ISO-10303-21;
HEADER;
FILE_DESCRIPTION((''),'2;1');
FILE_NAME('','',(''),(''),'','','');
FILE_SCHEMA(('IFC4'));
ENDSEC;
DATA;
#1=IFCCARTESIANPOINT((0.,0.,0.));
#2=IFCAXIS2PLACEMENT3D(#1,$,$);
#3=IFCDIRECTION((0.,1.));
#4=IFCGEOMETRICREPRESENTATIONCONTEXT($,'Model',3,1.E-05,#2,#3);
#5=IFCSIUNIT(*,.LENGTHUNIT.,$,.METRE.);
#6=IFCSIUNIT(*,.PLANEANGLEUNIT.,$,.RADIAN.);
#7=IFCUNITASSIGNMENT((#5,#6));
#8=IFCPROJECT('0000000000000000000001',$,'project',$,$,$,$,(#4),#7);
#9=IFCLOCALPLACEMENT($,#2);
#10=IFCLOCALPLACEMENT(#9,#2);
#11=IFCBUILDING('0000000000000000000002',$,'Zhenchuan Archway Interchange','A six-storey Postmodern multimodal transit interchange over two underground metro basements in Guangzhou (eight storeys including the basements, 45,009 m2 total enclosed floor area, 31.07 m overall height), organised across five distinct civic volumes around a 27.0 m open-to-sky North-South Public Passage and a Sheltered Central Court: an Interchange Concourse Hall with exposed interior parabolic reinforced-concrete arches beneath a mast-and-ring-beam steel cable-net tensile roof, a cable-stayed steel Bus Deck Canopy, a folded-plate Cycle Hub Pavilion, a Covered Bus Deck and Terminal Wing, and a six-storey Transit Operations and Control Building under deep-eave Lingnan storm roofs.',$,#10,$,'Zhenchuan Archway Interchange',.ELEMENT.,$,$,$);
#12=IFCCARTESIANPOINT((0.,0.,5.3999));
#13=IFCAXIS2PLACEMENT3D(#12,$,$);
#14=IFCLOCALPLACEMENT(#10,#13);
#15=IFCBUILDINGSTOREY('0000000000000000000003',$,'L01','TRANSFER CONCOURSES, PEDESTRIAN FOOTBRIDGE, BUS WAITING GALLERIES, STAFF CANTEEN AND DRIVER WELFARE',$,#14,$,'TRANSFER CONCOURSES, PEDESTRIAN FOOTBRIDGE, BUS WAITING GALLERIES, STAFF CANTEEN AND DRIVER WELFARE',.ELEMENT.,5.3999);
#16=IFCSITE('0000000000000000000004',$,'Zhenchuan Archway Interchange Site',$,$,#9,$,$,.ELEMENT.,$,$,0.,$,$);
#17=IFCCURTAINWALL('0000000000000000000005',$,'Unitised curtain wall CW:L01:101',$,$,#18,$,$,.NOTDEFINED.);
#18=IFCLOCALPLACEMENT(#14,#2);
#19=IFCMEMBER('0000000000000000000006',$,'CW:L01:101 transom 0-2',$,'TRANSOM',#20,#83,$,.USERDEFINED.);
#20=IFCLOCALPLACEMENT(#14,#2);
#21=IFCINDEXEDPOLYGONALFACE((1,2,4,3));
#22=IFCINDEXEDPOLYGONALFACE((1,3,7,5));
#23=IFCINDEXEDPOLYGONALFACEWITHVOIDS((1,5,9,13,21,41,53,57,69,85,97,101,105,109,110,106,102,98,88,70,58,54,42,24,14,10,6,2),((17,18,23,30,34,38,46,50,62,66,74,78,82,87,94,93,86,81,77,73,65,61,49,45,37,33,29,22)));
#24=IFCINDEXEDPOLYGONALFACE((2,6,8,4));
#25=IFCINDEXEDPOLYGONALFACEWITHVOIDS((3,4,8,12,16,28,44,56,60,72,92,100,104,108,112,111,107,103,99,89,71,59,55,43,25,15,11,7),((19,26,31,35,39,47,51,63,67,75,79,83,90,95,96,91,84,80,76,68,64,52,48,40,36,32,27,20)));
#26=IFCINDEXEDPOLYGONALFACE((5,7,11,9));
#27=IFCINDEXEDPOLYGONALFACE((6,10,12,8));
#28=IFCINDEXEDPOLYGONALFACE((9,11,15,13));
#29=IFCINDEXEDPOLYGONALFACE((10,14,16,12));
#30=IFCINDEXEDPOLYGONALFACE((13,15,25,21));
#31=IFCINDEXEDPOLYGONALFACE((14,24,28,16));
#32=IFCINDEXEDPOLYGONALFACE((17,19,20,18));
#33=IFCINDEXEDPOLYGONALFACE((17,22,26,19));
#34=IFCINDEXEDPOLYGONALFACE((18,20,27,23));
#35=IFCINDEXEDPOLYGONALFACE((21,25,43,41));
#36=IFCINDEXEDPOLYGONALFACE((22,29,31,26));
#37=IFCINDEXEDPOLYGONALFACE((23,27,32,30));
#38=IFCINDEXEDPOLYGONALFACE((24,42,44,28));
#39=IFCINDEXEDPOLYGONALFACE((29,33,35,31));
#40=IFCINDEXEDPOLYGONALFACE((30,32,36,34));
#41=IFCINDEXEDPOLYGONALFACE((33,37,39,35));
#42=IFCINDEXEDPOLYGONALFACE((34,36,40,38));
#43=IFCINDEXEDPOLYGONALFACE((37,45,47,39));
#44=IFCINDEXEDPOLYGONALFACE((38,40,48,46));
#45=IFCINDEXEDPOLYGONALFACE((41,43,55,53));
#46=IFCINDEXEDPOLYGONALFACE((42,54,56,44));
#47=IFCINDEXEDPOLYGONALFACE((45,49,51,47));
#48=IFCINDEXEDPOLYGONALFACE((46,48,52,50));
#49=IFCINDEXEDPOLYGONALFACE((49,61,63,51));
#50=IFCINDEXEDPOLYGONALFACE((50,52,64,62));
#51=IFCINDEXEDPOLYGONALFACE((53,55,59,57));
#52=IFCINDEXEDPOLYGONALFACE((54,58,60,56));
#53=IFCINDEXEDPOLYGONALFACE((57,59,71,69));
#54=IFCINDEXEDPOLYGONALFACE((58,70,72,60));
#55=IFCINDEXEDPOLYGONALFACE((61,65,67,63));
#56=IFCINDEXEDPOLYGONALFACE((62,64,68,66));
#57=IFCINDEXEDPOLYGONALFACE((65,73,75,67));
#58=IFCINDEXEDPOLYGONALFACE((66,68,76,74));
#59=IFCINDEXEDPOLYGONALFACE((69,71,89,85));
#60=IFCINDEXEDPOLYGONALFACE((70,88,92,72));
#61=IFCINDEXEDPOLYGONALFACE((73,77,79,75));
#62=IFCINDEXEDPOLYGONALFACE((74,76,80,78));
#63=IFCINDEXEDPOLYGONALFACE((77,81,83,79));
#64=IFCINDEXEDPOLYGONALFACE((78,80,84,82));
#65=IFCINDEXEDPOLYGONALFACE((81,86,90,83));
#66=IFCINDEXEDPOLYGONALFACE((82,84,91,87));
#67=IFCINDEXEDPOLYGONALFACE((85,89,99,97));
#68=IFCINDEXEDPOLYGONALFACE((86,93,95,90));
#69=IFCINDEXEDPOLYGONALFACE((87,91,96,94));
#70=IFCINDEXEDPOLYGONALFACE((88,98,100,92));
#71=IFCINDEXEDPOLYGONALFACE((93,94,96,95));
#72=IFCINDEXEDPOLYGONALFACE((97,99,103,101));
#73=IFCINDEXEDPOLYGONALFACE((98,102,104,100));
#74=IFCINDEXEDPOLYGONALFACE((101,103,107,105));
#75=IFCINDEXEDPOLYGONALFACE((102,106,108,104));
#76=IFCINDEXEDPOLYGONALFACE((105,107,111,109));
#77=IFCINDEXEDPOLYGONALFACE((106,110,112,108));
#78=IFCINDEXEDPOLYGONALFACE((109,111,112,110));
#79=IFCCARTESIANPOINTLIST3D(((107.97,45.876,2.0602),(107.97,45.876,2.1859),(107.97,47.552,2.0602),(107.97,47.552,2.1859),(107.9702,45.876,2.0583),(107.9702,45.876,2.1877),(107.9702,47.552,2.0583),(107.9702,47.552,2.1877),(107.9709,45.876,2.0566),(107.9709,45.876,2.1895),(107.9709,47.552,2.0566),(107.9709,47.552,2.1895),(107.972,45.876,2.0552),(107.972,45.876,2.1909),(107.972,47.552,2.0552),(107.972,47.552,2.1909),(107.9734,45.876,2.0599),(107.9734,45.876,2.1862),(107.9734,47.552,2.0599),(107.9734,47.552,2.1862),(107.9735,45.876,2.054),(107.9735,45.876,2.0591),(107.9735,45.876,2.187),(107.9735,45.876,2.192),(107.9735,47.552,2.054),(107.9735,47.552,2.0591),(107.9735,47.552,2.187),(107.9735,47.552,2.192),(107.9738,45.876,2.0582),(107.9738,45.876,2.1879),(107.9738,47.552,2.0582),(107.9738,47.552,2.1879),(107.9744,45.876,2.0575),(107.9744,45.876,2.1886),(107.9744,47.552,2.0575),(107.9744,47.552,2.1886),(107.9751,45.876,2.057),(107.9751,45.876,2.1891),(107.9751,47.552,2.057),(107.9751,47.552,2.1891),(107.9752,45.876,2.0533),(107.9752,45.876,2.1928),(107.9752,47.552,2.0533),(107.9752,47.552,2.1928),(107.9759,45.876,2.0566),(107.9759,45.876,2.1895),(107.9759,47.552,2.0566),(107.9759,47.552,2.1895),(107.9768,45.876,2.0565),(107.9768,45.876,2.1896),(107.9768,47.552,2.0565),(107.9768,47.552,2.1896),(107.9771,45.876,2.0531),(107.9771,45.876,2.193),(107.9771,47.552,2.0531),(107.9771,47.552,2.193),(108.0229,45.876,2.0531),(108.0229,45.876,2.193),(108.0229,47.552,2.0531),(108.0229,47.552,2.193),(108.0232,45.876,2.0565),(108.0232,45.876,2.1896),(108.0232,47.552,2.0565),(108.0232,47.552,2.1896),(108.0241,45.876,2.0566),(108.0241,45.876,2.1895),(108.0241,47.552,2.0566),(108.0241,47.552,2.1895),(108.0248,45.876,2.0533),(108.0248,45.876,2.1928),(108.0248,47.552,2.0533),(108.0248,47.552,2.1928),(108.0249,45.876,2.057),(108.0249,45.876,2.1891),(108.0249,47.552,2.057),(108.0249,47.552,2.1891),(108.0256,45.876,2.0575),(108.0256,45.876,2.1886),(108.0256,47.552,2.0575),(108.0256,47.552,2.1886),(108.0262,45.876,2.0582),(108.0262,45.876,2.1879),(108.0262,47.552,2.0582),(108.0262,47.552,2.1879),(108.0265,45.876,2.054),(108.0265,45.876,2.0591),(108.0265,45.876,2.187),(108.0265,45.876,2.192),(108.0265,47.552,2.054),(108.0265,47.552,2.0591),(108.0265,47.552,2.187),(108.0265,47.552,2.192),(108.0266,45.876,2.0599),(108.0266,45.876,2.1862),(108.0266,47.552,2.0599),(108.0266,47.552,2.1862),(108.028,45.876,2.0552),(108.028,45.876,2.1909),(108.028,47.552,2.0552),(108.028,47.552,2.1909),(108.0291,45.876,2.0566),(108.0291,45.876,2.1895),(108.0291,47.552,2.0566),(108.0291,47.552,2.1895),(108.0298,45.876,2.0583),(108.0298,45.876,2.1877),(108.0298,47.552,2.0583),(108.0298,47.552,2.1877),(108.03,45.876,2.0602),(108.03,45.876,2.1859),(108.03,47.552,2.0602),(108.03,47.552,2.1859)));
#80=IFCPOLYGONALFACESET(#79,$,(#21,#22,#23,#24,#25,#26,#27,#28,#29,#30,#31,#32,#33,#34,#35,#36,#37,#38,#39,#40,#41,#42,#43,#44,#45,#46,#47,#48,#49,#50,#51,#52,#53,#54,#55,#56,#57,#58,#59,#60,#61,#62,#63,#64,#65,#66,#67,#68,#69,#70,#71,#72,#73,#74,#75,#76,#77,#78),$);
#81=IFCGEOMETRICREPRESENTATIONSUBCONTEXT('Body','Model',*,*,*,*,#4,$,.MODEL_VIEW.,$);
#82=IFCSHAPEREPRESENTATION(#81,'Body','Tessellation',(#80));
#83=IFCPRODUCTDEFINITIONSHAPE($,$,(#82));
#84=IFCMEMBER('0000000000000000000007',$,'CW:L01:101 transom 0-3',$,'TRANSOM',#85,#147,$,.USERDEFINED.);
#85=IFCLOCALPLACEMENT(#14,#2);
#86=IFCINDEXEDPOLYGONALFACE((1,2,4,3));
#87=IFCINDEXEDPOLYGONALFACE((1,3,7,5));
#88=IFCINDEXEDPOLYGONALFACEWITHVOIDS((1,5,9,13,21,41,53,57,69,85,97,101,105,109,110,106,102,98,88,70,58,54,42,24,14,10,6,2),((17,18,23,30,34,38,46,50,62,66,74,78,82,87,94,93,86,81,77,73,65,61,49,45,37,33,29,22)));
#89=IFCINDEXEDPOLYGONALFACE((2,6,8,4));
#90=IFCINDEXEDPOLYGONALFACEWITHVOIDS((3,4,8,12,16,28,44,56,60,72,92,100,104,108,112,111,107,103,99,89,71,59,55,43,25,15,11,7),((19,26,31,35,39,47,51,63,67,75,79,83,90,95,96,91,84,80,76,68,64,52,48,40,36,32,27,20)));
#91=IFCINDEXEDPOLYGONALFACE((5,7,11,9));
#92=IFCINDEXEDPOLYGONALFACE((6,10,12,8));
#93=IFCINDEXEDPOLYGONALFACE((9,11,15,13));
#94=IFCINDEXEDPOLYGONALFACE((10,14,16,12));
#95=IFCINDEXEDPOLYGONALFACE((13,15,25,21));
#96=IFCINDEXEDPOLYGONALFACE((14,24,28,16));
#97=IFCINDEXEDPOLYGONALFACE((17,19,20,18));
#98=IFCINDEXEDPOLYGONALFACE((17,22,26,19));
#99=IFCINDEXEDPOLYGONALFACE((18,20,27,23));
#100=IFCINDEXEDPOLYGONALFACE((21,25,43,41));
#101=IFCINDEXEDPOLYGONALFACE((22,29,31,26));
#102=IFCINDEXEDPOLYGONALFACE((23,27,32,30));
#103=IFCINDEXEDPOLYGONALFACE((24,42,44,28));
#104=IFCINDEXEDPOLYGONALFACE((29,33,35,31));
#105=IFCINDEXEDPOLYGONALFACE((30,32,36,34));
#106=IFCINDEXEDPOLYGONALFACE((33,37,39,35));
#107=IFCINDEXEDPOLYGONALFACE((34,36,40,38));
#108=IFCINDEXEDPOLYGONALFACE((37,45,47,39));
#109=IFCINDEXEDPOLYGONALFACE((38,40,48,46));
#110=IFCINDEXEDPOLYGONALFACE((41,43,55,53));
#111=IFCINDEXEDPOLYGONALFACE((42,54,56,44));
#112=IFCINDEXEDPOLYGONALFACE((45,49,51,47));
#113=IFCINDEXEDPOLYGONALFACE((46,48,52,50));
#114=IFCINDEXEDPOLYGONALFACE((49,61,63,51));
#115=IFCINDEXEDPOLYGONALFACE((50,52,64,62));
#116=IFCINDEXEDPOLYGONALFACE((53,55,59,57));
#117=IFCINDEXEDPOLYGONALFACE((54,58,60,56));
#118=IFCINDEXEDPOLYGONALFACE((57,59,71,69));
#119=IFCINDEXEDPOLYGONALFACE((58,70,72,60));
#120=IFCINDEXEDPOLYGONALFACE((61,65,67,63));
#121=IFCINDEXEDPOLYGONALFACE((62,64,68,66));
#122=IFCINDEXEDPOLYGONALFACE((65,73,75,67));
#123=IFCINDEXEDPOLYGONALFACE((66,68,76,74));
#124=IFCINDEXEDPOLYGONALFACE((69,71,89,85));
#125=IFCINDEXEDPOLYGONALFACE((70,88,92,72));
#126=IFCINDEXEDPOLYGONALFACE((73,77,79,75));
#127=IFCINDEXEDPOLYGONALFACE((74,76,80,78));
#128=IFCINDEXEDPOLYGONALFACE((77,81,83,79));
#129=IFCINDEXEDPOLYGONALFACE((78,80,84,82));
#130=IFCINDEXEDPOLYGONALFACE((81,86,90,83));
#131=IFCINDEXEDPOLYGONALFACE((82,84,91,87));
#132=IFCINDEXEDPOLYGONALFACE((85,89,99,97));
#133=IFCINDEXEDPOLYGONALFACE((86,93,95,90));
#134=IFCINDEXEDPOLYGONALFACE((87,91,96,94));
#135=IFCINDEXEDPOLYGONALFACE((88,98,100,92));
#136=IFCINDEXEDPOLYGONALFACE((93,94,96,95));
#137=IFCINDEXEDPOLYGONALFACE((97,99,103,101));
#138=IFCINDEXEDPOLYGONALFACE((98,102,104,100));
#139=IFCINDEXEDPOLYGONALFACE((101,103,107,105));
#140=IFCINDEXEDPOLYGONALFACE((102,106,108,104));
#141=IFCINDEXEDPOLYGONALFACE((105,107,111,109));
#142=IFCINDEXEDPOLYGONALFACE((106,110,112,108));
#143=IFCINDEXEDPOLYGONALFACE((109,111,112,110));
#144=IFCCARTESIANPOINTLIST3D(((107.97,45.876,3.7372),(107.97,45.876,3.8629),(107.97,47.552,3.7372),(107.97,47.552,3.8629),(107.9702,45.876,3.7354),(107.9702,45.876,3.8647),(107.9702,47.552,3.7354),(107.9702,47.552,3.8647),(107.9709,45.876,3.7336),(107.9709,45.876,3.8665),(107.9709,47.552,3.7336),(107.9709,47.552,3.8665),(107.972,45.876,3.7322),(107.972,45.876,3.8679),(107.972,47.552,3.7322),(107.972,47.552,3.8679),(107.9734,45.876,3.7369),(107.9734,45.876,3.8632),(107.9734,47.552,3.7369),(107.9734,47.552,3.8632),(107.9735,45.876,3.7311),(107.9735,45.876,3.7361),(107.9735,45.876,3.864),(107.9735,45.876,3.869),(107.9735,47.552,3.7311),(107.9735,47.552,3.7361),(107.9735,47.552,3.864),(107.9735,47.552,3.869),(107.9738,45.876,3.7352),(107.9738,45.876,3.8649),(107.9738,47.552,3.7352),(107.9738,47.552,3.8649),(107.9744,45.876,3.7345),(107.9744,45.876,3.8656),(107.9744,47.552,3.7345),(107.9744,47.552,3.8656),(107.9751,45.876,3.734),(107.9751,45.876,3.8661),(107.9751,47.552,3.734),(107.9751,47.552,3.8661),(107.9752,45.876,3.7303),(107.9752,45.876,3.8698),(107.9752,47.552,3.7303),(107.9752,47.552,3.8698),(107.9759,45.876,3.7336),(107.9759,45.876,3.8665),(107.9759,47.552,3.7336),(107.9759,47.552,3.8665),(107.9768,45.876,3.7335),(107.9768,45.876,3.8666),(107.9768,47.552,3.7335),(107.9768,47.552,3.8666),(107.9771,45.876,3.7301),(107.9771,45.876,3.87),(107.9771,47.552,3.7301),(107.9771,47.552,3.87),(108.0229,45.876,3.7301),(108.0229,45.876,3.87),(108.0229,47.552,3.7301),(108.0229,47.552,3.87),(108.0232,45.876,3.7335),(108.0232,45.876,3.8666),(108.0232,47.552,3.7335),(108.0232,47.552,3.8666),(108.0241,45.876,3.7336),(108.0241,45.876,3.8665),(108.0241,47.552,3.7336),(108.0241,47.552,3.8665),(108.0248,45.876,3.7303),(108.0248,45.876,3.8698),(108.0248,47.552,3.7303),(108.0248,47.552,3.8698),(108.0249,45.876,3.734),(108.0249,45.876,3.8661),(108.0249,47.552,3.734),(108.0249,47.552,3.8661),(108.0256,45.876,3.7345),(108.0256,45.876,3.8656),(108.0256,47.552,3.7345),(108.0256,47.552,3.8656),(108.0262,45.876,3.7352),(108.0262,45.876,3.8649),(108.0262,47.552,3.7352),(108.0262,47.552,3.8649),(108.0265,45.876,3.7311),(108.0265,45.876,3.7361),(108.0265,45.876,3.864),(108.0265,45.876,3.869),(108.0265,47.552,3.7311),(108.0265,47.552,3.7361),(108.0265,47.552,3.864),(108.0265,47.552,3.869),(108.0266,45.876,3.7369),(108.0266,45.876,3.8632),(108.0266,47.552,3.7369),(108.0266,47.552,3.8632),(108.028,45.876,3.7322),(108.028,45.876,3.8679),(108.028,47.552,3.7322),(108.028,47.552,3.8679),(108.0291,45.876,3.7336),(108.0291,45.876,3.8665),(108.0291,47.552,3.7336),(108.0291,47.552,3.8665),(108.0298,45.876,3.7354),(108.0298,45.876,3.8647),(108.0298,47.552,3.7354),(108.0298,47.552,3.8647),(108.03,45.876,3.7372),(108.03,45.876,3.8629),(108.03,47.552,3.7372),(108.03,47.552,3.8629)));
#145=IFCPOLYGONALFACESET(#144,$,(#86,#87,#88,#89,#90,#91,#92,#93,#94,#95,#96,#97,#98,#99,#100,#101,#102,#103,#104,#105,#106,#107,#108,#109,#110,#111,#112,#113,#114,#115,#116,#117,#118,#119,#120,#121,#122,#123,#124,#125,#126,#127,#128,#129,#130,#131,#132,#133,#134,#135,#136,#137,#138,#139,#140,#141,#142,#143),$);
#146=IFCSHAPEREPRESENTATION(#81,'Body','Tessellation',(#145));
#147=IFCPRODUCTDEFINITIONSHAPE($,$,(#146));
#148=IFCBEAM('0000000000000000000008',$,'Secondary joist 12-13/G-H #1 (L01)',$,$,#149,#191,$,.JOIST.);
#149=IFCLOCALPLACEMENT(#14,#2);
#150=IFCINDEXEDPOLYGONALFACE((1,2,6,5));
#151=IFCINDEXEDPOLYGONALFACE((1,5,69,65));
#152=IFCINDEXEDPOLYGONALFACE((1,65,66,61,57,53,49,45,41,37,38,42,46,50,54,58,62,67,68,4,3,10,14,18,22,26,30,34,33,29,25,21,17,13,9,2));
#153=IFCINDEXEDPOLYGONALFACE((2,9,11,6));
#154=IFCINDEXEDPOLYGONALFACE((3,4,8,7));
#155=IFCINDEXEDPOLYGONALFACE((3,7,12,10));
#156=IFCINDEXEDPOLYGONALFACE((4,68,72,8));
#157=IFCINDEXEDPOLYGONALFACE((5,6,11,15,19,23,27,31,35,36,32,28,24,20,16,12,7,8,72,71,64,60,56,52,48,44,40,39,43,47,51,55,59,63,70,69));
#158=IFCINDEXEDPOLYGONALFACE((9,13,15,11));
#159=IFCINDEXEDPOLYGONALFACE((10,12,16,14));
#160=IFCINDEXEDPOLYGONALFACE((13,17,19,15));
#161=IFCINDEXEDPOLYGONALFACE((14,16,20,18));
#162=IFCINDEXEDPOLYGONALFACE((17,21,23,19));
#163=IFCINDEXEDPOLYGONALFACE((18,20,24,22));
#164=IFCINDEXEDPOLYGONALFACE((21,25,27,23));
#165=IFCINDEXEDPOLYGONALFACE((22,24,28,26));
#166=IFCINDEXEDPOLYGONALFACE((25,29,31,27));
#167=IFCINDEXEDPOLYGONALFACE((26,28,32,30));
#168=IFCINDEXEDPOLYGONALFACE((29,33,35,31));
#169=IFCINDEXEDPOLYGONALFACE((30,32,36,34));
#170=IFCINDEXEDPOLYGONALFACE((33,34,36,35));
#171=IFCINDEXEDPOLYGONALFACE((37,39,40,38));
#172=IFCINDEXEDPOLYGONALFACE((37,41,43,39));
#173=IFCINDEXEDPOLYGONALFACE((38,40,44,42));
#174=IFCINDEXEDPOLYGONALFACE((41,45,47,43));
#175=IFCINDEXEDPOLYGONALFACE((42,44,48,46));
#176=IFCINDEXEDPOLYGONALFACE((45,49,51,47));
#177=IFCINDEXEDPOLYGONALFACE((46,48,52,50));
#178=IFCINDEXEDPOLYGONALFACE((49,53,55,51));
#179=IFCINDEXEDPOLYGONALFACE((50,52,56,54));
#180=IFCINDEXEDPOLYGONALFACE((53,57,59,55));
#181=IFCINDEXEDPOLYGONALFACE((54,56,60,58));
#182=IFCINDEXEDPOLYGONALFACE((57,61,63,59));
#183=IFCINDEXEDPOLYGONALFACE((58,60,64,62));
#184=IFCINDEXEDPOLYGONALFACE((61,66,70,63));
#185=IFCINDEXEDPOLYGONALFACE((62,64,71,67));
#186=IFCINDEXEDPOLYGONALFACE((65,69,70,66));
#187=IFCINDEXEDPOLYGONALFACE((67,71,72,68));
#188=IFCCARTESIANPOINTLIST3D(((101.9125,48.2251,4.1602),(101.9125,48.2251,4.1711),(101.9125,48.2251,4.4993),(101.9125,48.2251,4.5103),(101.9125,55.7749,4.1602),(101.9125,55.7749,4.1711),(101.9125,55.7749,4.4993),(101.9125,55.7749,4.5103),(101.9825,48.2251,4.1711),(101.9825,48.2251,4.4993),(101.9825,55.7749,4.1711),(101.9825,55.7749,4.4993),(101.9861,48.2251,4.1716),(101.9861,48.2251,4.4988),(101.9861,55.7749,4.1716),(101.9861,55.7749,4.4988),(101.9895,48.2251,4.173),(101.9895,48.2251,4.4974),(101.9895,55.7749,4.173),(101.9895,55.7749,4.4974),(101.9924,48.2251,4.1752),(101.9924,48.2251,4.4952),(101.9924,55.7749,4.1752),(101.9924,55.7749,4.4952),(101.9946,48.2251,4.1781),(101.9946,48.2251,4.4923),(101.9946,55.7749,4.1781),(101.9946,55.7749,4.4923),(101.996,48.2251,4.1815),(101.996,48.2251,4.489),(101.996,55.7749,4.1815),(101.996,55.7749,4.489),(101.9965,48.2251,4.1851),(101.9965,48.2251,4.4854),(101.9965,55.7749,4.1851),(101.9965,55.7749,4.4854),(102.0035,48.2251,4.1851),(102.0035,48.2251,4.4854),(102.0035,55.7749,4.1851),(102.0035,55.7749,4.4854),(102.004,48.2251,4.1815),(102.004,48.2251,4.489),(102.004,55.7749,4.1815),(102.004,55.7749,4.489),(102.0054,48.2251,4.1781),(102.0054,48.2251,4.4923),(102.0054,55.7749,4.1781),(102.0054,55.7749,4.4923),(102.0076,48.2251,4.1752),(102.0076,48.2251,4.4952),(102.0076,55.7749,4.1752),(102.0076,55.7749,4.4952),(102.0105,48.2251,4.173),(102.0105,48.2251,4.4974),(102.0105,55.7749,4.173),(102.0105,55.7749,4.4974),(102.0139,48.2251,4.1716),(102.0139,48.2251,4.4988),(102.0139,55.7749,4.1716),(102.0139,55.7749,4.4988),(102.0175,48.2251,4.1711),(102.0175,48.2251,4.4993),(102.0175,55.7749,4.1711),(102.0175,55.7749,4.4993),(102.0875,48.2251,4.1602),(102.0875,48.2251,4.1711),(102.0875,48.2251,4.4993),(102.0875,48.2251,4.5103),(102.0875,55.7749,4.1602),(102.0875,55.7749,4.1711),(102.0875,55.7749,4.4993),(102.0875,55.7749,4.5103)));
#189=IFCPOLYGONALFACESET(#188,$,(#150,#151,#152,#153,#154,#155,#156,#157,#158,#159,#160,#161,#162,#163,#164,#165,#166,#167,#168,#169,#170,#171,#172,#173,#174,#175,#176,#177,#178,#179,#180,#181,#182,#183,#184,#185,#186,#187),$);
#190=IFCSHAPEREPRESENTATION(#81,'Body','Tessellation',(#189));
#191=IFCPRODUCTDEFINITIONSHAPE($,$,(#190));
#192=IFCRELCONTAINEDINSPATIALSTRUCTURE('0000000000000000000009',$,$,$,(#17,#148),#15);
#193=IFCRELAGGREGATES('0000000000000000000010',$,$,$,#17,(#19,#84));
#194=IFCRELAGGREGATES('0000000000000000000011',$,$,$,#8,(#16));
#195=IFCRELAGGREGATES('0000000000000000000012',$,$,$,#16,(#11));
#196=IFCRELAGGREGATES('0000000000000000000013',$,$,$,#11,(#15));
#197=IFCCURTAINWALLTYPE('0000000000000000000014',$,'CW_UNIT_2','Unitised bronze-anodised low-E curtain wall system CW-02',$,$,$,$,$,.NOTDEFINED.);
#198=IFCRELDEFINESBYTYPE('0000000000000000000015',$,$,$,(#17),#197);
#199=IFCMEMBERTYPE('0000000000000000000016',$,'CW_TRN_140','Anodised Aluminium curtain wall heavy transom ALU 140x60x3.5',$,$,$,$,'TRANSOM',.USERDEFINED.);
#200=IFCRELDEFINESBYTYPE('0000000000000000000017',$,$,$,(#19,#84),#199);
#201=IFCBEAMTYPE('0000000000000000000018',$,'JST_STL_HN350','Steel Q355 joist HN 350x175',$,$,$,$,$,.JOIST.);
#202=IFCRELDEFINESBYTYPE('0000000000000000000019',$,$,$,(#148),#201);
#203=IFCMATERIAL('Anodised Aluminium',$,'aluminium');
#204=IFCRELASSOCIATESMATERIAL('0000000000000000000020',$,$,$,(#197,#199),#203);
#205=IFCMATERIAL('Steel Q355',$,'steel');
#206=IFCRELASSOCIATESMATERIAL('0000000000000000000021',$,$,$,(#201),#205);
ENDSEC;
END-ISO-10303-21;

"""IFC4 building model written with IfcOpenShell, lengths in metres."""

from ifc_helpers import new_model, si_unit, direction, frame, origin, origin_2d, place, context, subcontext, project, spatial, hollow_rectangle, i_section, extrude, material, material_profile, profile_set, type_object, element, aggregate, save


model = new_model("IFC4")

# Units and contexts
model_context = context("Model", 3, precision=1e-05, world=origin(), true_north=direction((0.0, 1.0)))
body_context = subcontext(model_context, "Body", "Model", "MODEL_VIEW")
ifc_project = project(units=[si_unit("LENGTHUNIT", "METRE"), si_unit("PLANEANGLEUNIT", "RADIAN")], contexts=[model_context])

# Site, building, storey
site_placement = place(None, origin())
site = spatial("IfcSite", under=ifc_project, at=site_placement, Name="Zhenchuan Archway Interchange Site", CompositionType="ELEMENT", RefElevation=0.0)
building_placement = place(site_placement, origin())
building = spatial("IfcBuilding", under=site, at=building_placement, Name="Zhenchuan Archway Interchange", Description="A six-storey Postmodern multimodal transit interchange over two underground metro basements in Guangzhou (eight storeys including the basements, 45,009 m2 total enclosed floor area, 31.07 m overall height), organised across five distinct civic volumes around a 27.0 m open-to-sky North-South Public Passage and a Sheltered Central Court: an Interchange Concourse Hall with exposed interior parabolic reinforced-concrete arches beneath a mast-and-ring-beam steel cable-net tensile roof, a cable-stayed steel Bus Deck Canopy, a folded-plate Cycle Hub Pavilion, a Covered Bus Deck and Terminal Wing, and a six-storey Transit Operations and Control Building under deep-eave Lingnan storm roofs.", LongName="Zhenchuan Archway Interchange", CompositionType="ELEMENT")
storey_placement = place(building_placement, frame((0.0, 0.0, 5.3999)))
storey = spatial("IfcBuildingStorey", under=building, at=storey_placement, Name="L01", Description="TRANSFER CONCOURSES, PEDESTRIAN FOOTBRIDGE, BUS WAITING GALLERIES, STAFF CANTEEN AND DRIVER WELFARE", LongName="TRANSFER CONCOURSES, PEDESTRIAN FOOTBRIDGE, BUS WAITING GALLERIES, STAFF CANTEEN AND DRIVER WELFARE", CompositionType="ELEMENT", Elevation=5.3999)

# Shared definitions
ifc_material_1 = material(Name="Anodised Aluminium", Category="aluminium")

# Curtain wall
curtain_wall_type_1 = type_object("IfcCurtainWallType", Name="CW_UNIT_2", Description="Unitised bronze-anodised low-E curtain wall system CW-02", PredefinedType="NOTDEFINED", material=ifc_material_1)
curtain_wall_1_placement = place(storey_placement, origin())
curtain_wall_1 = element("IfcCurtainWall", 1, at=curtain_wall_1_placement, inside=storey, type_object=curtain_wall_type_1, Name="Unitised curtain wall CW:L01:101", PredefinedType="NOTDEFINED")

# Members
ifc_material_profile_1 = material_profile(ifc_material_1, hollow_rectangle(XDim=0.0601, YDim=0.1399, WallThickness=0.0034, InnerFilletRadius=0.0034, OuterFilletRadius=0.0071, at=origin_2d()), Name="ALU 140x60x3.5")
ifc_profile_set_1 = profile_set([ifc_material_profile_1], Name="Anodised Aluminium")
member_type_1 = type_object("IfcMemberType", Name="CW_TRN_140", Description="Anodised Aluminium curtain wall heavy transom ALU 140x60x3.5", ElementType="TRANSOM", PredefinedType="USERDEFINED", material=ifc_profile_set_1)
member_1_placement = place(storey_placement, frame((108.0, 47.552, 2.123), z_axis=(0.0, -1.0, 0.0), x_axis=(1.0, 0.0, 0.0)))
member_1 = element("IfcMember", 2, at=member_1_placement, type_object=member_type_1, Name="CW:L01:101 transom 0-2", ObjectType="TRANSOM", PredefinedType="USERDEFINED", context=body_context, shape_type="SweptSolid", body=[
    extrude(hollow_rectangle(XDim=0.0601, YDim=0.1399, WallThickness=0.0034, InnerFilletRadius=0.0034, OuterFilletRadius=0.0071, at=origin_2d()), origin(), (0.0, 0.0, 1.0), 1.676),
])
member_2_placement = place(storey_placement, frame((108.0, 47.552, 3.8), z_axis=(0.0, -1.0, 0.0), x_axis=(1.0, 0.0, 0.0)))
member_2 = element("IfcMember", 3, at=member_2_placement, type_object=member_type_1, Name="CW:L01:101 transom 0-3", ObjectType="TRANSOM", PredefinedType="USERDEFINED", context=body_context, shape_type="SweptSolid", body=[
    extrude(hollow_rectangle(XDim=0.0601, YDim=0.1399, WallThickness=0.0034, InnerFilletRadius=0.0034, OuterFilletRadius=0.0071, at=origin_2d()), origin(), (0.0, 0.0, 1.0), 1.676),
])

# Beam
ifc_material_2 = material(Name="Steel Q355", Category="steel")
ifc_material_profile_2 = material_profile(ifc_material_2, i_section(OverallWidth=0.175, OverallDepth=0.3501, WebThickness=0.0071, FlangeThickness=0.011, FilletRadius=0.0139, at=origin_2d()), Name="HN 350x175")
ifc_profile_set_2 = profile_set([ifc_material_profile_2], Name="Steel Q355")
beam_type_1 = type_object("IfcBeamType", Name="JST_STL_HN350", Description="Steel Q355 joist HN 350x175", PredefinedType="JOIST", material=ifc_profile_set_2)
for number, where, z_axis, x_axis, name in (
    (4, (102.0, 48.2251, 4.3352), (0.0, 1.0, 0.0), (-1.0, 0.0, 0.0), "Secondary joist 12-13/G-H #1 (L01)"),
):
    element("IfcBeam", number, at=place(storey_placement, frame(where, z_axis=z_axis, x_axis=x_axis)), inside=storey, type_object=beam_type_1, Name=name, PredefinedType="JOIST", context=body_context, shape_type="SweptSolid", body=[
        extrude(i_section(OverallWidth=0.175, OverallDepth=0.3501, WebThickness=0.0071, FlangeThickness=0.011, FilletRadius=0.0139, at=origin_2d()), origin(), (0.0, 0.0, 1.0), 7.5498),
    ])

aggregate(curtain_wall_1, [member_1, member_2])

save(model, "model.ifc")
